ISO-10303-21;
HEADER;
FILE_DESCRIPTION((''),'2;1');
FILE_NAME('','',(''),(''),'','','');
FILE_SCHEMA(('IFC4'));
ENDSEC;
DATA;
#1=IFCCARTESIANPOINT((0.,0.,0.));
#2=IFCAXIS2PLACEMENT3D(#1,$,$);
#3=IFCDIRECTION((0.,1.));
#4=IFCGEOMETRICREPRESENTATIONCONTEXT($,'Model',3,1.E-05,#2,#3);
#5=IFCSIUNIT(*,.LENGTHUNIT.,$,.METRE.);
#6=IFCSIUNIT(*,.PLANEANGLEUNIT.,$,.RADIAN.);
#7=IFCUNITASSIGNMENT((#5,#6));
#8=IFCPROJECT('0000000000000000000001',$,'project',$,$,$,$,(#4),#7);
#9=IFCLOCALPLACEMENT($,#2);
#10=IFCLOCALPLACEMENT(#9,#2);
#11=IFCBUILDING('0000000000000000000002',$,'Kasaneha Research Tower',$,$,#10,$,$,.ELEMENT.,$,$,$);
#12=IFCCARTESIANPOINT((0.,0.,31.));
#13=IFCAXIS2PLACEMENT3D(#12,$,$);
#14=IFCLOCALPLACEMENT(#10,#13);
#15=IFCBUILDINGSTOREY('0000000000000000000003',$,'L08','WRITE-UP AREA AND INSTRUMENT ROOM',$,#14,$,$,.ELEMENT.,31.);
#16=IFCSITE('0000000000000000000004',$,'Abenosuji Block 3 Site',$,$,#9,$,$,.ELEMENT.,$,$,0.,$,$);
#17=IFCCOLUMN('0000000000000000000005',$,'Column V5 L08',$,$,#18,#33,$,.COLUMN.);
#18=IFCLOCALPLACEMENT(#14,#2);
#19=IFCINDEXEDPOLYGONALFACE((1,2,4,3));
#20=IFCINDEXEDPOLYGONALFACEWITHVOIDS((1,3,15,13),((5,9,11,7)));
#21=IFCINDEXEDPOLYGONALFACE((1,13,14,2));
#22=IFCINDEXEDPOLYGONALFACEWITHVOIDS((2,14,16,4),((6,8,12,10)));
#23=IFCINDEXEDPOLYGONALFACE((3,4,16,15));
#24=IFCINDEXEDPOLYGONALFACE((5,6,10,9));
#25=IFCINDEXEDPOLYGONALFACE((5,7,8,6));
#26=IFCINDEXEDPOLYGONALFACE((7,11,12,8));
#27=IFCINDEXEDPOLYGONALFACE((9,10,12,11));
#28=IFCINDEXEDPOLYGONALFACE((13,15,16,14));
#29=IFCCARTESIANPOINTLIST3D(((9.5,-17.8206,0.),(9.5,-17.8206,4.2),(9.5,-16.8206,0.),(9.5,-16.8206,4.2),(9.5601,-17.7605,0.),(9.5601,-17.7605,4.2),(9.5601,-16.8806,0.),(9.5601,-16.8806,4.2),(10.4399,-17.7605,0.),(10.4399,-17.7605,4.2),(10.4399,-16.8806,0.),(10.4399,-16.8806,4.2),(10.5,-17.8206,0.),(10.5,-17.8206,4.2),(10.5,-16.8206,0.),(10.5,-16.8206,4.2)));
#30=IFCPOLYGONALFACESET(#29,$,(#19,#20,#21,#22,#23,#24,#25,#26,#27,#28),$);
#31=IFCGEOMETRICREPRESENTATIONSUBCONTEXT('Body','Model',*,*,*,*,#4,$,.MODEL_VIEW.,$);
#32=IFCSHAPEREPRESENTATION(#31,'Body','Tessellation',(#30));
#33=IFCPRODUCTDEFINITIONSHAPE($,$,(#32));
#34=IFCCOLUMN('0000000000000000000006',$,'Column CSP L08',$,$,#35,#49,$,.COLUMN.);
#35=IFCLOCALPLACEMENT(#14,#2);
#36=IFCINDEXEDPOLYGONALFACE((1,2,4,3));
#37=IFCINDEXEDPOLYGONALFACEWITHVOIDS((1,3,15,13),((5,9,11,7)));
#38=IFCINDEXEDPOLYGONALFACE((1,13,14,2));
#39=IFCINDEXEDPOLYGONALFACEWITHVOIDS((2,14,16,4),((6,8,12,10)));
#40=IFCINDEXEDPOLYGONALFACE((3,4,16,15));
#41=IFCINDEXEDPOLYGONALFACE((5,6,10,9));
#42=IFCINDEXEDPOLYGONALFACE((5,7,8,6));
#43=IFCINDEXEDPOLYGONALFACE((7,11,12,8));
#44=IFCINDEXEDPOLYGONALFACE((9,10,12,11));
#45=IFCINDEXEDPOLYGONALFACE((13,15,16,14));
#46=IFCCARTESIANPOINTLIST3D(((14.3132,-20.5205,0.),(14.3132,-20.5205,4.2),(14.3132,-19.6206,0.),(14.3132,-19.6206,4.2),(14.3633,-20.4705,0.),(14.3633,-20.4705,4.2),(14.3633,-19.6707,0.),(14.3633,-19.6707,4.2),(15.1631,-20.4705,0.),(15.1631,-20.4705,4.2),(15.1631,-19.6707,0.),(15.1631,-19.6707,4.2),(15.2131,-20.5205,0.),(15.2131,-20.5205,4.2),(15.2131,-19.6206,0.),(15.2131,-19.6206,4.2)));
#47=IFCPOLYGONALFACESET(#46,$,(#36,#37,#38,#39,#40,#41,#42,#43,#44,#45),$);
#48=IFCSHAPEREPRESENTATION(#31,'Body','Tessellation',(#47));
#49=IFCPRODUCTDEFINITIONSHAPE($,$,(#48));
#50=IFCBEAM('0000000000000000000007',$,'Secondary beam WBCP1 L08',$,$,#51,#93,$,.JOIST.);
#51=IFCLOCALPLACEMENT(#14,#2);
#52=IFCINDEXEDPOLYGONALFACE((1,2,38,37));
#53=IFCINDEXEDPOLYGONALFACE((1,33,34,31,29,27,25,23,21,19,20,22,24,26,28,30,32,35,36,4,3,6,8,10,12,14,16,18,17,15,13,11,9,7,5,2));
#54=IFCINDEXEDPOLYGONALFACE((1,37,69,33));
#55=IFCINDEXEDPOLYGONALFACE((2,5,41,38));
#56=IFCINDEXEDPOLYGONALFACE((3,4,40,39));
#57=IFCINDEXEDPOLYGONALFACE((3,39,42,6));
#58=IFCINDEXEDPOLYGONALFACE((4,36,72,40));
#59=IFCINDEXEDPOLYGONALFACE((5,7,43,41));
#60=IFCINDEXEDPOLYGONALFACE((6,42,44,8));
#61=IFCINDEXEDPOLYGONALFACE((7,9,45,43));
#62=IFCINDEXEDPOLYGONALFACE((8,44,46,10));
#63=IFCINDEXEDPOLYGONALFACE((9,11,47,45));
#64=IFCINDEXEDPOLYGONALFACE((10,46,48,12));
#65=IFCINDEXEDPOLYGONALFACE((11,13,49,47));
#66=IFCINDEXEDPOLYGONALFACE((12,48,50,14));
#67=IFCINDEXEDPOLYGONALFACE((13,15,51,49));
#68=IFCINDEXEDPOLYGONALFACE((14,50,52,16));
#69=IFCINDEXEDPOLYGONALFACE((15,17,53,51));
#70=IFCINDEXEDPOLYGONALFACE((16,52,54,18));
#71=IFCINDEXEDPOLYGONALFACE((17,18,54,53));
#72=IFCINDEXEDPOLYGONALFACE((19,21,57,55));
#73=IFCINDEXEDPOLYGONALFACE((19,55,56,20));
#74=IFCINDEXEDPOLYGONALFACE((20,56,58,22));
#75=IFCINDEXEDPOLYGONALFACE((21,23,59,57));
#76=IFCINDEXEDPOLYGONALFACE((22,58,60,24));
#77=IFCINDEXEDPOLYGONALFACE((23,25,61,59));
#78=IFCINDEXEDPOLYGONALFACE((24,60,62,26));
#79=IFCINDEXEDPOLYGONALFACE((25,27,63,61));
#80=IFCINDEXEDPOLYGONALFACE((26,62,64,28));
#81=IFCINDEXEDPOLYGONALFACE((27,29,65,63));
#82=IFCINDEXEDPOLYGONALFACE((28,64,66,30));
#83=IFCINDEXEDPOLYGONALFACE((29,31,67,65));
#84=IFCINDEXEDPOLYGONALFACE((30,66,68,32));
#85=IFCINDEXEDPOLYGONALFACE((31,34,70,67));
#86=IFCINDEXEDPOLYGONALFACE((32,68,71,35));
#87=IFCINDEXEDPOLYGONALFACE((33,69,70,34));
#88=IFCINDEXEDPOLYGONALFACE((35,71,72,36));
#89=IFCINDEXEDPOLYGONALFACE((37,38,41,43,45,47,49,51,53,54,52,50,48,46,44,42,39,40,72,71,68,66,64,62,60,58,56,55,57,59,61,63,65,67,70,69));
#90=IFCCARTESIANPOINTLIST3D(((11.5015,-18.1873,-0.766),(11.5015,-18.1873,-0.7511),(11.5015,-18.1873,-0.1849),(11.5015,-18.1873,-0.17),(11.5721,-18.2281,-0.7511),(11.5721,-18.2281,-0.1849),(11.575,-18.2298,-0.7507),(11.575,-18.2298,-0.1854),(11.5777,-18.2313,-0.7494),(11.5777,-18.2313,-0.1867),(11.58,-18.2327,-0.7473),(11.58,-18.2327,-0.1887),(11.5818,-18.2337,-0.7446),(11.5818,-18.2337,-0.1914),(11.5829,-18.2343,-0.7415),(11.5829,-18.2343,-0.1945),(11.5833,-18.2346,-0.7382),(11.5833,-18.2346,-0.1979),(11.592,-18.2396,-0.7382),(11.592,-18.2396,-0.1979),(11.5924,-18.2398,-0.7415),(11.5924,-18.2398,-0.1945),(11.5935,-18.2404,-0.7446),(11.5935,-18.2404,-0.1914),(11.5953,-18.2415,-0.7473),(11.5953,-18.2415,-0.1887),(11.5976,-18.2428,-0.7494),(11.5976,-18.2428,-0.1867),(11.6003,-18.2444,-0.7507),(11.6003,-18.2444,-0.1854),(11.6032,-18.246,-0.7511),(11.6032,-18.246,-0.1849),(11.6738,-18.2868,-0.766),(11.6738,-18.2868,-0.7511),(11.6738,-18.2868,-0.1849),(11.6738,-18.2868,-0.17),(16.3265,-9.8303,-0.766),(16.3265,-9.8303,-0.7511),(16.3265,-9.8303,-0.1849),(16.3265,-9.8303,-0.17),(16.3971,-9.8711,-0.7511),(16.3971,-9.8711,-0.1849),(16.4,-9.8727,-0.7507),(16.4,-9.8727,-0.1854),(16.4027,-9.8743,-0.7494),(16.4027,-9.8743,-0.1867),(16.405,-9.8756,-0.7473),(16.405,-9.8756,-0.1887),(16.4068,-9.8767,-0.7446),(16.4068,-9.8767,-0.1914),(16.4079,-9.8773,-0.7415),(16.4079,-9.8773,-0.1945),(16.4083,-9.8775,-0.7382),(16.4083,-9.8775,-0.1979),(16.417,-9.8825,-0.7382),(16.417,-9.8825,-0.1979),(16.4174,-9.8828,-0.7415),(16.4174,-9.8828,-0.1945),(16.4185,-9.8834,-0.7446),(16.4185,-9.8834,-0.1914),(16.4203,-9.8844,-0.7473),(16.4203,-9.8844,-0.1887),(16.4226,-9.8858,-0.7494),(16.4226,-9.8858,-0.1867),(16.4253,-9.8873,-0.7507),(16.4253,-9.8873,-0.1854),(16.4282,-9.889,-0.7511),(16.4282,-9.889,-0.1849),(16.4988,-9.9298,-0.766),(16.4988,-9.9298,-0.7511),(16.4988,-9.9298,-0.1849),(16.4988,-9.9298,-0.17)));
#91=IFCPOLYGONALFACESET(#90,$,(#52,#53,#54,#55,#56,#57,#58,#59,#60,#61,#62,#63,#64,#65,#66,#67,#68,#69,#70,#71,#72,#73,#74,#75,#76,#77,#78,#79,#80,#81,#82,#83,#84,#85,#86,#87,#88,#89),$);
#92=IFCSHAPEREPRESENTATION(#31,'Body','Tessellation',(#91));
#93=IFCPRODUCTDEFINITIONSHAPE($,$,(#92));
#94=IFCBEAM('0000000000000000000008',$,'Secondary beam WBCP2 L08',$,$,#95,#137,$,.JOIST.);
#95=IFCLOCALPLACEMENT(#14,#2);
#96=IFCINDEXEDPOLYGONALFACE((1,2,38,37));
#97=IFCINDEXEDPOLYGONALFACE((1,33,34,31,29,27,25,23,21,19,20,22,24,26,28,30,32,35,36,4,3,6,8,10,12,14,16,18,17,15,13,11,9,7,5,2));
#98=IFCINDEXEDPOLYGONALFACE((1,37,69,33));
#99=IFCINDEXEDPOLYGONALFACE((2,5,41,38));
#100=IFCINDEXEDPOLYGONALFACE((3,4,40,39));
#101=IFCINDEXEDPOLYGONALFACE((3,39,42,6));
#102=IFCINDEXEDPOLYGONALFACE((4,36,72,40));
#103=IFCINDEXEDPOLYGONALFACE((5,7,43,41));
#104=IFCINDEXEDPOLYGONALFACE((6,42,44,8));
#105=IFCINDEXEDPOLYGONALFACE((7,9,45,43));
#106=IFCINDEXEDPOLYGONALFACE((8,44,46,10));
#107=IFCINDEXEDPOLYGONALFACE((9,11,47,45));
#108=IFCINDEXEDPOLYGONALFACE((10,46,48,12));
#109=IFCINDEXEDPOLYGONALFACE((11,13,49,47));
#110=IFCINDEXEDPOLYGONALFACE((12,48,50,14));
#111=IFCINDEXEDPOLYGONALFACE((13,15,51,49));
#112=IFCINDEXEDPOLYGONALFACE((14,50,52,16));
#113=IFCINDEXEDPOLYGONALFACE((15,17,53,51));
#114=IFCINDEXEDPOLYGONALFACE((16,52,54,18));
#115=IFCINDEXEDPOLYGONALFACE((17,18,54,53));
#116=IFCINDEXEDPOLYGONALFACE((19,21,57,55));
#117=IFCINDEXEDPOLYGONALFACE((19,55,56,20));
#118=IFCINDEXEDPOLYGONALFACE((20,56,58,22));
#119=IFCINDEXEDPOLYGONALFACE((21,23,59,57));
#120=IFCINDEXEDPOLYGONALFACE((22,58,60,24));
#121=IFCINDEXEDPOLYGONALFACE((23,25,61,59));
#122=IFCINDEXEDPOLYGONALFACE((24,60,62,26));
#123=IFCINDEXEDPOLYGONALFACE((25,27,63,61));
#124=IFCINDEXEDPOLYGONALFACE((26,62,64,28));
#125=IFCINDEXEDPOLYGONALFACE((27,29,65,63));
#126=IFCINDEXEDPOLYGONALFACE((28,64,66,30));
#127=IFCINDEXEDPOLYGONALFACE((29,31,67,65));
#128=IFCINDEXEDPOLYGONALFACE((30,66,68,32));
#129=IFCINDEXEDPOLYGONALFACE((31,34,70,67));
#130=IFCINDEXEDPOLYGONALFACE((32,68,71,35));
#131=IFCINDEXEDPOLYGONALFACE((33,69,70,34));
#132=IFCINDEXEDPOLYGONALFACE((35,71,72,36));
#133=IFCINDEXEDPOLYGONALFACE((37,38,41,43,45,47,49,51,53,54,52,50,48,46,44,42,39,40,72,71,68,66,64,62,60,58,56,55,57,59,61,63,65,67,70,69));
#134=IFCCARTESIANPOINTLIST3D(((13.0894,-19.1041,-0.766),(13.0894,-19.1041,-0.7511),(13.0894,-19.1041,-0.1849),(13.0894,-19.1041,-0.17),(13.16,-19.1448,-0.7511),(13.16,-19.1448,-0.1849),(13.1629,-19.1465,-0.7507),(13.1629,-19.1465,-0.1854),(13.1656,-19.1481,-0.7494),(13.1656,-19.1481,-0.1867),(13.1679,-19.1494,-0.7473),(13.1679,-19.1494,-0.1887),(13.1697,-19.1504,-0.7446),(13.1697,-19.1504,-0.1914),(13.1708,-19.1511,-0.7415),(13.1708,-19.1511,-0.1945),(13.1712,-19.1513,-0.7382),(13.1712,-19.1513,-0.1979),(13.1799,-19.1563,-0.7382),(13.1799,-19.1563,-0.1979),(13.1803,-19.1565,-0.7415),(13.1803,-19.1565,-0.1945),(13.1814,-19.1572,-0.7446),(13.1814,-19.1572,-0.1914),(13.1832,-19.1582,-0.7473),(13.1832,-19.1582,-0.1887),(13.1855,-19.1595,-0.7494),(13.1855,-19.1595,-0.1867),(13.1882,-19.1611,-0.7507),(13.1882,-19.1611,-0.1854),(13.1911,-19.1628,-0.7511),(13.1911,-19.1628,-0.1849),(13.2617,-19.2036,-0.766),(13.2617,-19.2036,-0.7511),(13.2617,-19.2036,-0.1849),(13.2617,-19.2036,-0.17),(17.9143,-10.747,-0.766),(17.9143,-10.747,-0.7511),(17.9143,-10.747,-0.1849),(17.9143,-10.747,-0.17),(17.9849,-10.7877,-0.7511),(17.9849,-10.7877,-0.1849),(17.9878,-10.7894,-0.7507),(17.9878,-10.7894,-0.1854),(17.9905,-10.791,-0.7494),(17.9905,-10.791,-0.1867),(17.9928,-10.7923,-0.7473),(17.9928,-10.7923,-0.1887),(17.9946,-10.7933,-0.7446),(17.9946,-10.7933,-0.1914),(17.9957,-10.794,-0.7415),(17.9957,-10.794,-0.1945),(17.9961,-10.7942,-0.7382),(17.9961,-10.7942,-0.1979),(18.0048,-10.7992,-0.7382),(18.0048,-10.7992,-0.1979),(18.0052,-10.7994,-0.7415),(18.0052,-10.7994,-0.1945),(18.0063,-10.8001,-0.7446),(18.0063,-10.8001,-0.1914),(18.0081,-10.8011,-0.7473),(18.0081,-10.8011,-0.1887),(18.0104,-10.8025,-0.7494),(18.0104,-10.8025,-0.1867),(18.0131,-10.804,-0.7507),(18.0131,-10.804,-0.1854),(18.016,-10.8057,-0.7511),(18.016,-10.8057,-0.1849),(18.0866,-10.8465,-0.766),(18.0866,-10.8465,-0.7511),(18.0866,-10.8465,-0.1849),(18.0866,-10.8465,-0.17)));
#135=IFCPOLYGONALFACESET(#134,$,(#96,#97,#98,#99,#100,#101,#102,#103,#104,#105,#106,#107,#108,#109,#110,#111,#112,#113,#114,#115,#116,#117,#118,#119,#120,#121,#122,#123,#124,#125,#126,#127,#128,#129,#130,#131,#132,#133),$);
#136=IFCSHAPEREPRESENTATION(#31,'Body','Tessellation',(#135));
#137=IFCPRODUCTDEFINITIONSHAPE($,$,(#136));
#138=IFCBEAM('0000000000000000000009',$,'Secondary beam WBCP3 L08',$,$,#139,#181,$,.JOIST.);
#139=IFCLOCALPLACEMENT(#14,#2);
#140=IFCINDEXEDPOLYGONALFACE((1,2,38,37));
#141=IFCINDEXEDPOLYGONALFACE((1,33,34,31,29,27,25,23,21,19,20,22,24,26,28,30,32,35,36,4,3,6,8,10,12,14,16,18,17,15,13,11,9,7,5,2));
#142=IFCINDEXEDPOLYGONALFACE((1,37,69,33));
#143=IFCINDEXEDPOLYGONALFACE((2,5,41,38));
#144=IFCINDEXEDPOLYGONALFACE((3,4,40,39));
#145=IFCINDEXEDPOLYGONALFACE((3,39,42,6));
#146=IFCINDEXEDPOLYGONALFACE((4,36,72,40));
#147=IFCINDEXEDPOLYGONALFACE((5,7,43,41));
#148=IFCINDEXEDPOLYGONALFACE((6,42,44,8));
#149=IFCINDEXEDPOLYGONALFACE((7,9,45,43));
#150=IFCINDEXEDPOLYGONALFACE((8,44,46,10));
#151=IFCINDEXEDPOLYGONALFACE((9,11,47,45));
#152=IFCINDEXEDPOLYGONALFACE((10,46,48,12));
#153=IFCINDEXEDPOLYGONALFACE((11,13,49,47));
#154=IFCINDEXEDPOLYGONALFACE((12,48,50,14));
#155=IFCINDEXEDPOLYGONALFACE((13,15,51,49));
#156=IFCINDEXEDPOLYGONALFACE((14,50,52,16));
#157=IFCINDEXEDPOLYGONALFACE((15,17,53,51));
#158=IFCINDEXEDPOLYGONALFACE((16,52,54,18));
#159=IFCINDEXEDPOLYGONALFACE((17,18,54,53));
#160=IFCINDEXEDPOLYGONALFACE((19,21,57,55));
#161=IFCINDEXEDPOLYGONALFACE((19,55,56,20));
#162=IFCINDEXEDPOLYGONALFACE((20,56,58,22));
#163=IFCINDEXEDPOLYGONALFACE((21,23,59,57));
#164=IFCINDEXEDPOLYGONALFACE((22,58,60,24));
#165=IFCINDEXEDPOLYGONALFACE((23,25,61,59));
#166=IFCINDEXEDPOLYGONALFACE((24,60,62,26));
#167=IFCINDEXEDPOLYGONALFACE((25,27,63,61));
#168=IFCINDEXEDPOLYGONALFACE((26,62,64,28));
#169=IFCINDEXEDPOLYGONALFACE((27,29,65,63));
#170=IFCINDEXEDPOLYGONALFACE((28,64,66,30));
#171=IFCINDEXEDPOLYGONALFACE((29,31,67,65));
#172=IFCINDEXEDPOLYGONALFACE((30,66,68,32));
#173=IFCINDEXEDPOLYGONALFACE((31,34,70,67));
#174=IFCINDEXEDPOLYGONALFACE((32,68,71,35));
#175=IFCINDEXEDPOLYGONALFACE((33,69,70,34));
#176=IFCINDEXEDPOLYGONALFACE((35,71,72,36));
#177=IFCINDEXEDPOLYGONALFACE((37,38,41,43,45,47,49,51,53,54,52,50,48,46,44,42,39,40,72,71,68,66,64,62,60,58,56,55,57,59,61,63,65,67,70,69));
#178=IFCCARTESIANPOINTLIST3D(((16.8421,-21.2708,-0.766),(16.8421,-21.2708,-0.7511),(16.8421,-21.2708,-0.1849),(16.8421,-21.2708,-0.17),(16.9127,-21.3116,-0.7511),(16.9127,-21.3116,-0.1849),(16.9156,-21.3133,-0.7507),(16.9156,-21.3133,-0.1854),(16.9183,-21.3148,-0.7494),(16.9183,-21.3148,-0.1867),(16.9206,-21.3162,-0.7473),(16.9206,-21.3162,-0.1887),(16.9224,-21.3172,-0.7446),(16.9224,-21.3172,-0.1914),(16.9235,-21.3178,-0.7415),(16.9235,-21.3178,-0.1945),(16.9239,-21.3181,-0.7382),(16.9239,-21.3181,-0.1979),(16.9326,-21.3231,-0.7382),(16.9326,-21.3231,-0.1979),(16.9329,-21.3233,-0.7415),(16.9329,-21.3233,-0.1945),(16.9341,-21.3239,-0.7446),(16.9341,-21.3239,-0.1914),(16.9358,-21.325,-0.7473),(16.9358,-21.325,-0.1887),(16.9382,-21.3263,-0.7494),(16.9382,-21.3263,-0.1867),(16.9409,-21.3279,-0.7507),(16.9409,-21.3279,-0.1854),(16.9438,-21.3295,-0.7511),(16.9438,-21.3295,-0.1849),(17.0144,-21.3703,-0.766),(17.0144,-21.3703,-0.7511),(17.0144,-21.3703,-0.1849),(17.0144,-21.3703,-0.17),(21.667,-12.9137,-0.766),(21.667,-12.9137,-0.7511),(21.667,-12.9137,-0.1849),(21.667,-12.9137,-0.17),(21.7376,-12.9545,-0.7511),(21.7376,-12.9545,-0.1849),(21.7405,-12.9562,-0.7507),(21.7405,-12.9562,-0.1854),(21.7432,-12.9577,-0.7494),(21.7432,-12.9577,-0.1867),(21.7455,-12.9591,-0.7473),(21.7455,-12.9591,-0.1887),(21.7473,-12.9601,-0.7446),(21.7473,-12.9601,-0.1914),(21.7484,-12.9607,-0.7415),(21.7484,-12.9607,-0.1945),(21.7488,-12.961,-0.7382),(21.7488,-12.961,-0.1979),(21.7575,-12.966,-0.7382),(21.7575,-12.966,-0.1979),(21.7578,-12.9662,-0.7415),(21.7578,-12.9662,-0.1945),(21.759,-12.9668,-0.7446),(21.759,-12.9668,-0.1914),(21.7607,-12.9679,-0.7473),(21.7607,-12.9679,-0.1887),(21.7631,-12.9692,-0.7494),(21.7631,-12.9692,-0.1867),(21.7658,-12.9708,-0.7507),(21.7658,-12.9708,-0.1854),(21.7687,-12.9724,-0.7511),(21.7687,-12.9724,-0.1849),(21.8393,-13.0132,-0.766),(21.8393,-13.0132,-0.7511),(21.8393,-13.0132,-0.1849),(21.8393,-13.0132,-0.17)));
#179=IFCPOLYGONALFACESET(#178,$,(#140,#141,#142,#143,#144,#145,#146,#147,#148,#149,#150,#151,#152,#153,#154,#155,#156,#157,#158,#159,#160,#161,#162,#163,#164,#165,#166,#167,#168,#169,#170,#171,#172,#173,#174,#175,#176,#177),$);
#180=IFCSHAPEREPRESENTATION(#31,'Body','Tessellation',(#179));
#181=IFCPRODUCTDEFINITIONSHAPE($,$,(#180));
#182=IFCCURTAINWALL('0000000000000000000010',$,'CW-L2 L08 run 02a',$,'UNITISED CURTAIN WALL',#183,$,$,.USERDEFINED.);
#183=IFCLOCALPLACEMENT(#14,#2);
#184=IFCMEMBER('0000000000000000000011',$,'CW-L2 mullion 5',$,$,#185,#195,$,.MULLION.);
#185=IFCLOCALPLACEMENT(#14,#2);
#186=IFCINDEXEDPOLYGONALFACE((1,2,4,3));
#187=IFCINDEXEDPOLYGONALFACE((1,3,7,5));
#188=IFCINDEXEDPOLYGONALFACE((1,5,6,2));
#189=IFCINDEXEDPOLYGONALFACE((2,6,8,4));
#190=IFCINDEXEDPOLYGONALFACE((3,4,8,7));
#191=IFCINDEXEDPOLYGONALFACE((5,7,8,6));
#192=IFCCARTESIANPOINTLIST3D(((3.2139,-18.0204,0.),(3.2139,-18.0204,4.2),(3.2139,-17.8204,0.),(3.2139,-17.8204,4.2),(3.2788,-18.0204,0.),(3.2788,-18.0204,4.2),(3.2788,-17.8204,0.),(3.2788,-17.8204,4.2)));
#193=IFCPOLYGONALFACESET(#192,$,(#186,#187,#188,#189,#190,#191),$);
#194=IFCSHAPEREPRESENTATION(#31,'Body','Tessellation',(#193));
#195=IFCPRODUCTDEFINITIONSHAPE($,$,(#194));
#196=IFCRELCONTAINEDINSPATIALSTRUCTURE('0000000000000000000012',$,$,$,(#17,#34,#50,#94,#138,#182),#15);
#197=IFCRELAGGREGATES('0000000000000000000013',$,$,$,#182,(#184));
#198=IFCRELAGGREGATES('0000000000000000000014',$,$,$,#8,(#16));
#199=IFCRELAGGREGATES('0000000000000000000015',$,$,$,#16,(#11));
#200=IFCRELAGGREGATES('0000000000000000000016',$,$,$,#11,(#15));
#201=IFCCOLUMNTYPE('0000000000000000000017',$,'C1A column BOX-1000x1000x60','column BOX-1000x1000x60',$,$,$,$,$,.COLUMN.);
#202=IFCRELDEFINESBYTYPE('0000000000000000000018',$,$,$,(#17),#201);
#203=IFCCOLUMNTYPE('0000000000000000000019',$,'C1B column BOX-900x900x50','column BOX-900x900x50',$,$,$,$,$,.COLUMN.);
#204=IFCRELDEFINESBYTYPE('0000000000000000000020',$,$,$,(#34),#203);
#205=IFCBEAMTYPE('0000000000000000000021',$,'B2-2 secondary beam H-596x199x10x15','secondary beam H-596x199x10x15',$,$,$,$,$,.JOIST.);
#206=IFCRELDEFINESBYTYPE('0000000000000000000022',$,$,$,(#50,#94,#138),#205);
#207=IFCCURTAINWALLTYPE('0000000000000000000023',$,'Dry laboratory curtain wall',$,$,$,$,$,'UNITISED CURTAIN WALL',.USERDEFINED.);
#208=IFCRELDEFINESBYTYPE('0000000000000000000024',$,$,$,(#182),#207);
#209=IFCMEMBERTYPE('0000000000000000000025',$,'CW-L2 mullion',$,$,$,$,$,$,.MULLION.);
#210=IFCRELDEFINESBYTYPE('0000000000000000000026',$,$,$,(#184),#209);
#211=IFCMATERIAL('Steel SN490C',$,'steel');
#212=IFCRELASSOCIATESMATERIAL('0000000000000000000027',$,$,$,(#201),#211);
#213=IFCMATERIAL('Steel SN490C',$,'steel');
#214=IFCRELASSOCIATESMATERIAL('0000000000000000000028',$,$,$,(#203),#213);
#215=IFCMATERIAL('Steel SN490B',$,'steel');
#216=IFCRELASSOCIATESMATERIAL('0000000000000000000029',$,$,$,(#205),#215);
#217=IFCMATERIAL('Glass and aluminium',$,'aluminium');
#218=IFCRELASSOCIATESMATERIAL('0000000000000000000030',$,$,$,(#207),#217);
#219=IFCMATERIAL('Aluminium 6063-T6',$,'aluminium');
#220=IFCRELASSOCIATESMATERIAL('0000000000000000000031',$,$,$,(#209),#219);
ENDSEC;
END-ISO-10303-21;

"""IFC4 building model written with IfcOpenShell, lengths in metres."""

from ifc_helpers import new_model, si_unit, direction, frame, origin, origin_2d, place, context, subcontext, project, spatial, rectangle, hollow_rectangle, i_section, extrude, material, material_profile, profile_set, type_object, element, aggregate, save


model = new_model("IFC4")

# Units and contexts
model_context = context("Model", 3, precision=1e-05, world=origin(), true_north=direction((0.0, 1.0)))
body_context = subcontext(model_context, "Body", "Model", "MODEL_VIEW")
ifc_project = project(units=[si_unit("LENGTHUNIT", "METRE"), si_unit("PLANEANGLEUNIT", "RADIAN")], contexts=[model_context])

# Site, building, storey
site_placement = place(None, origin())
site = spatial("IfcSite", under=ifc_project, at=site_placement, Name="Abenosuji Block 3 Site", CompositionType="ELEMENT", RefElevation=0.0)
building_placement = place(site_placement, origin())
building = spatial("IfcBuilding", under=site, at=building_placement, Name="Kasaneha Research Tower", CompositionType="ELEMENT")
storey_placement = place(building_placement, frame((0.0, 0.0, 31.0)))
storey = spatial("IfcBuildingStorey", under=building, at=storey_placement, Name="L08", Description="WRITE-UP AREA AND INSTRUMENT ROOM", CompositionType="ELEMENT", Elevation=31.0)

# Columns
ifc_material_1 = material(Name="Steel SN490C", Category="steel")
ifc_material_profile_1 = material_profile(ifc_material_1, hollow_rectangle(XDim=1.0, YDim=1.0, WallThickness=0.0601, at=origin_2d()), Name="BOX-1000x1000x60")
ifc_profile_set_1 = profile_set([ifc_material_profile_1], Name="Steel SN490C")
column_type_1 = type_object("IfcColumnType", Name="C1A column BOX-1000x1000x60", Description="column BOX-1000x1000x60", PredefinedType="COLUMN", material=ifc_profile_set_1)
column_1_placement = place(storey_placement, frame((10.0, -17.3206, 0.0), z_axis=(0.0, 0.0, 1.0), x_axis=(1.0, 0.0, 0.0)))
element("IfcColumn", 1, at=column_1_placement, inside=storey, type_object=column_type_1, Name="Column V5 L08", PredefinedType="COLUMN", context=body_context, shape_type="SweptSolid", body=[
    extrude(hollow_rectangle(XDim=1.0, YDim=1.0, WallThickness=0.0601, at=origin_2d()), origin(), (0.0, 0.0, 1.0), 4.2),
])
ifc_material_2 = material(Name="Steel SN490C", Category="steel")
ifc_material_profile_2 = material_profile(ifc_material_2, hollow_rectangle(XDim=0.8999, YDim=0.8999, WallThickness=0.05, at=origin_2d()), Name="BOX-900x900x50")
ifc_profile_set_2 = profile_set([ifc_material_profile_2], Name="Steel SN490C")
column_type_2 = type_object("IfcColumnType", Name="C1B column BOX-900x900x50", Description="column BOX-900x900x50", PredefinedType="COLUMN", material=ifc_profile_set_2)
column_2_placement = place(storey_placement, frame((14.7632, -20.0706, 0.0), z_axis=(0.0, 0.0, 1.0), x_axis=(1.0, 0.0, 0.0)))
element("IfcColumn", 2, at=column_2_placement, inside=storey, type_object=column_type_2, Name="Column CSP L08", PredefinedType="COLUMN", context=body_context, shape_type="SweptSolid", body=[
    extrude(hollow_rectangle(XDim=0.8999, YDim=0.8999, WallThickness=0.05, at=origin_2d()), origin(), (0.0, 0.0, 1.0), 4.2),
])

# Beams
ifc_material_3 = material(Name="Steel SN490B", Category="steel")
ifc_material_profile_3 = material_profile(ifc_material_3, i_section(OverallWidth=0.199, OverallDepth=0.5959, WebThickness=0.01, FlangeThickness=0.0149, FilletRadius=0.0129, at=origin_2d()), Name="H-596x199x10x15")
ifc_profile_set_3 = profile_set([ifc_material_profile_3], Name="Steel SN490B")
beam_type_1 = type_object("IfcBeamType", Name="B2-2 secondary beam H-596x199x10x15", Description="secondary beam H-596x199x10x15", PredefinedType="JOIST", material=ifc_profile_set_3)
for number, where, z_axis, x_axis, name in (
    (3, (11.5876, -18.2371, -0.468), (0.500006, 0.866022, 0.0), (-0.866022, 0.500006, 0.0), "Secondary beam WBCP1 L08"),
    (4, (13.1755, -19.1538, -0.468), (0.499995, 0.866028, 0.0), (-0.866028, 0.499995, 0.0), "Secondary beam WBCP2 L08"),
    (5, (16.9282, -21.3206, -0.468), (0.499995, 0.866028, 0.0), (-0.866028, 0.499995, 0.0), "Secondary beam WBCP3 L08"),
):
    element("IfcBeam", number, at=place(storey_placement, frame(where, z_axis=z_axis, x_axis=x_axis)), inside=storey, type_object=beam_type_1, Name=name, PredefinedType="JOIST", context=body_context, shape_type="SweptSolid", body=[
        extrude(i_section(OverallWidth=0.199, OverallDepth=0.5959, WebThickness=0.01, FlangeThickness=0.0149, FilletRadius=0.0129, at=origin_2d()), origin(), (0.0, 0.0, 1.0), 9.6499),
    ])

# Curtain wall, member
ifc_material_4 = material(Name="Glass and aluminium", Category="aluminium")
curtain_wall_type = type_object("IfcCurtainWallType", Name="Dry laboratory curtain wall", ElementType="UNITISED CURTAIN WALL", PredefinedType="USERDEFINED", material=ifc_material_4)
curtain_wall_1_placement = place(storey_placement, origin())
curtain_wall_1 = element("IfcCurtainWall", 6, at=curtain_wall_1_placement, inside=storey, type_object=curtain_wall_type, Name="CW-L2 L08 run 02a", ObjectType="UNITISED CURTAIN WALL", PredefinedType="USERDEFINED")
ifc_material_5 = material(Name="Aluminium 6063-T6", Category="aluminium")
ifc_material_profile_4 = material_profile(ifc_material_5, rectangle(XDim=0.0649, YDim=0.2, at=origin_2d()), Name="CW-L2 mullion 65x200")
ifc_profile_set_4 = profile_set([ifc_material_profile_4], Name="Aluminium 6063-T6")
member_type_1 = type_object("IfcMemberType", Name="CW-L2 mullion", PredefinedType="MULLION", material=ifc_profile_set_4)
member_1_placement = place(storey_placement, frame((3.2463, -17.9204, 0.0), z_axis=(0.0, 0.0, 1.0), x_axis=(1.0, 0.0, 0.0)))
member_1 = element("IfcMember", 7, at=member_1_placement, type_object=member_type_1, Name="CW-L2 mullion 5", PredefinedType="MULLION", context=body_context, shape_type="SweptSolid", body=[
    extrude(rectangle(XDim=0.0649, YDim=0.2, at=origin_2d()), origin(), (0.0, 0.0, 1.0), 4.2),
])

aggregate(curtain_wall_1, [member_1])

save(model, "model.ifc")
